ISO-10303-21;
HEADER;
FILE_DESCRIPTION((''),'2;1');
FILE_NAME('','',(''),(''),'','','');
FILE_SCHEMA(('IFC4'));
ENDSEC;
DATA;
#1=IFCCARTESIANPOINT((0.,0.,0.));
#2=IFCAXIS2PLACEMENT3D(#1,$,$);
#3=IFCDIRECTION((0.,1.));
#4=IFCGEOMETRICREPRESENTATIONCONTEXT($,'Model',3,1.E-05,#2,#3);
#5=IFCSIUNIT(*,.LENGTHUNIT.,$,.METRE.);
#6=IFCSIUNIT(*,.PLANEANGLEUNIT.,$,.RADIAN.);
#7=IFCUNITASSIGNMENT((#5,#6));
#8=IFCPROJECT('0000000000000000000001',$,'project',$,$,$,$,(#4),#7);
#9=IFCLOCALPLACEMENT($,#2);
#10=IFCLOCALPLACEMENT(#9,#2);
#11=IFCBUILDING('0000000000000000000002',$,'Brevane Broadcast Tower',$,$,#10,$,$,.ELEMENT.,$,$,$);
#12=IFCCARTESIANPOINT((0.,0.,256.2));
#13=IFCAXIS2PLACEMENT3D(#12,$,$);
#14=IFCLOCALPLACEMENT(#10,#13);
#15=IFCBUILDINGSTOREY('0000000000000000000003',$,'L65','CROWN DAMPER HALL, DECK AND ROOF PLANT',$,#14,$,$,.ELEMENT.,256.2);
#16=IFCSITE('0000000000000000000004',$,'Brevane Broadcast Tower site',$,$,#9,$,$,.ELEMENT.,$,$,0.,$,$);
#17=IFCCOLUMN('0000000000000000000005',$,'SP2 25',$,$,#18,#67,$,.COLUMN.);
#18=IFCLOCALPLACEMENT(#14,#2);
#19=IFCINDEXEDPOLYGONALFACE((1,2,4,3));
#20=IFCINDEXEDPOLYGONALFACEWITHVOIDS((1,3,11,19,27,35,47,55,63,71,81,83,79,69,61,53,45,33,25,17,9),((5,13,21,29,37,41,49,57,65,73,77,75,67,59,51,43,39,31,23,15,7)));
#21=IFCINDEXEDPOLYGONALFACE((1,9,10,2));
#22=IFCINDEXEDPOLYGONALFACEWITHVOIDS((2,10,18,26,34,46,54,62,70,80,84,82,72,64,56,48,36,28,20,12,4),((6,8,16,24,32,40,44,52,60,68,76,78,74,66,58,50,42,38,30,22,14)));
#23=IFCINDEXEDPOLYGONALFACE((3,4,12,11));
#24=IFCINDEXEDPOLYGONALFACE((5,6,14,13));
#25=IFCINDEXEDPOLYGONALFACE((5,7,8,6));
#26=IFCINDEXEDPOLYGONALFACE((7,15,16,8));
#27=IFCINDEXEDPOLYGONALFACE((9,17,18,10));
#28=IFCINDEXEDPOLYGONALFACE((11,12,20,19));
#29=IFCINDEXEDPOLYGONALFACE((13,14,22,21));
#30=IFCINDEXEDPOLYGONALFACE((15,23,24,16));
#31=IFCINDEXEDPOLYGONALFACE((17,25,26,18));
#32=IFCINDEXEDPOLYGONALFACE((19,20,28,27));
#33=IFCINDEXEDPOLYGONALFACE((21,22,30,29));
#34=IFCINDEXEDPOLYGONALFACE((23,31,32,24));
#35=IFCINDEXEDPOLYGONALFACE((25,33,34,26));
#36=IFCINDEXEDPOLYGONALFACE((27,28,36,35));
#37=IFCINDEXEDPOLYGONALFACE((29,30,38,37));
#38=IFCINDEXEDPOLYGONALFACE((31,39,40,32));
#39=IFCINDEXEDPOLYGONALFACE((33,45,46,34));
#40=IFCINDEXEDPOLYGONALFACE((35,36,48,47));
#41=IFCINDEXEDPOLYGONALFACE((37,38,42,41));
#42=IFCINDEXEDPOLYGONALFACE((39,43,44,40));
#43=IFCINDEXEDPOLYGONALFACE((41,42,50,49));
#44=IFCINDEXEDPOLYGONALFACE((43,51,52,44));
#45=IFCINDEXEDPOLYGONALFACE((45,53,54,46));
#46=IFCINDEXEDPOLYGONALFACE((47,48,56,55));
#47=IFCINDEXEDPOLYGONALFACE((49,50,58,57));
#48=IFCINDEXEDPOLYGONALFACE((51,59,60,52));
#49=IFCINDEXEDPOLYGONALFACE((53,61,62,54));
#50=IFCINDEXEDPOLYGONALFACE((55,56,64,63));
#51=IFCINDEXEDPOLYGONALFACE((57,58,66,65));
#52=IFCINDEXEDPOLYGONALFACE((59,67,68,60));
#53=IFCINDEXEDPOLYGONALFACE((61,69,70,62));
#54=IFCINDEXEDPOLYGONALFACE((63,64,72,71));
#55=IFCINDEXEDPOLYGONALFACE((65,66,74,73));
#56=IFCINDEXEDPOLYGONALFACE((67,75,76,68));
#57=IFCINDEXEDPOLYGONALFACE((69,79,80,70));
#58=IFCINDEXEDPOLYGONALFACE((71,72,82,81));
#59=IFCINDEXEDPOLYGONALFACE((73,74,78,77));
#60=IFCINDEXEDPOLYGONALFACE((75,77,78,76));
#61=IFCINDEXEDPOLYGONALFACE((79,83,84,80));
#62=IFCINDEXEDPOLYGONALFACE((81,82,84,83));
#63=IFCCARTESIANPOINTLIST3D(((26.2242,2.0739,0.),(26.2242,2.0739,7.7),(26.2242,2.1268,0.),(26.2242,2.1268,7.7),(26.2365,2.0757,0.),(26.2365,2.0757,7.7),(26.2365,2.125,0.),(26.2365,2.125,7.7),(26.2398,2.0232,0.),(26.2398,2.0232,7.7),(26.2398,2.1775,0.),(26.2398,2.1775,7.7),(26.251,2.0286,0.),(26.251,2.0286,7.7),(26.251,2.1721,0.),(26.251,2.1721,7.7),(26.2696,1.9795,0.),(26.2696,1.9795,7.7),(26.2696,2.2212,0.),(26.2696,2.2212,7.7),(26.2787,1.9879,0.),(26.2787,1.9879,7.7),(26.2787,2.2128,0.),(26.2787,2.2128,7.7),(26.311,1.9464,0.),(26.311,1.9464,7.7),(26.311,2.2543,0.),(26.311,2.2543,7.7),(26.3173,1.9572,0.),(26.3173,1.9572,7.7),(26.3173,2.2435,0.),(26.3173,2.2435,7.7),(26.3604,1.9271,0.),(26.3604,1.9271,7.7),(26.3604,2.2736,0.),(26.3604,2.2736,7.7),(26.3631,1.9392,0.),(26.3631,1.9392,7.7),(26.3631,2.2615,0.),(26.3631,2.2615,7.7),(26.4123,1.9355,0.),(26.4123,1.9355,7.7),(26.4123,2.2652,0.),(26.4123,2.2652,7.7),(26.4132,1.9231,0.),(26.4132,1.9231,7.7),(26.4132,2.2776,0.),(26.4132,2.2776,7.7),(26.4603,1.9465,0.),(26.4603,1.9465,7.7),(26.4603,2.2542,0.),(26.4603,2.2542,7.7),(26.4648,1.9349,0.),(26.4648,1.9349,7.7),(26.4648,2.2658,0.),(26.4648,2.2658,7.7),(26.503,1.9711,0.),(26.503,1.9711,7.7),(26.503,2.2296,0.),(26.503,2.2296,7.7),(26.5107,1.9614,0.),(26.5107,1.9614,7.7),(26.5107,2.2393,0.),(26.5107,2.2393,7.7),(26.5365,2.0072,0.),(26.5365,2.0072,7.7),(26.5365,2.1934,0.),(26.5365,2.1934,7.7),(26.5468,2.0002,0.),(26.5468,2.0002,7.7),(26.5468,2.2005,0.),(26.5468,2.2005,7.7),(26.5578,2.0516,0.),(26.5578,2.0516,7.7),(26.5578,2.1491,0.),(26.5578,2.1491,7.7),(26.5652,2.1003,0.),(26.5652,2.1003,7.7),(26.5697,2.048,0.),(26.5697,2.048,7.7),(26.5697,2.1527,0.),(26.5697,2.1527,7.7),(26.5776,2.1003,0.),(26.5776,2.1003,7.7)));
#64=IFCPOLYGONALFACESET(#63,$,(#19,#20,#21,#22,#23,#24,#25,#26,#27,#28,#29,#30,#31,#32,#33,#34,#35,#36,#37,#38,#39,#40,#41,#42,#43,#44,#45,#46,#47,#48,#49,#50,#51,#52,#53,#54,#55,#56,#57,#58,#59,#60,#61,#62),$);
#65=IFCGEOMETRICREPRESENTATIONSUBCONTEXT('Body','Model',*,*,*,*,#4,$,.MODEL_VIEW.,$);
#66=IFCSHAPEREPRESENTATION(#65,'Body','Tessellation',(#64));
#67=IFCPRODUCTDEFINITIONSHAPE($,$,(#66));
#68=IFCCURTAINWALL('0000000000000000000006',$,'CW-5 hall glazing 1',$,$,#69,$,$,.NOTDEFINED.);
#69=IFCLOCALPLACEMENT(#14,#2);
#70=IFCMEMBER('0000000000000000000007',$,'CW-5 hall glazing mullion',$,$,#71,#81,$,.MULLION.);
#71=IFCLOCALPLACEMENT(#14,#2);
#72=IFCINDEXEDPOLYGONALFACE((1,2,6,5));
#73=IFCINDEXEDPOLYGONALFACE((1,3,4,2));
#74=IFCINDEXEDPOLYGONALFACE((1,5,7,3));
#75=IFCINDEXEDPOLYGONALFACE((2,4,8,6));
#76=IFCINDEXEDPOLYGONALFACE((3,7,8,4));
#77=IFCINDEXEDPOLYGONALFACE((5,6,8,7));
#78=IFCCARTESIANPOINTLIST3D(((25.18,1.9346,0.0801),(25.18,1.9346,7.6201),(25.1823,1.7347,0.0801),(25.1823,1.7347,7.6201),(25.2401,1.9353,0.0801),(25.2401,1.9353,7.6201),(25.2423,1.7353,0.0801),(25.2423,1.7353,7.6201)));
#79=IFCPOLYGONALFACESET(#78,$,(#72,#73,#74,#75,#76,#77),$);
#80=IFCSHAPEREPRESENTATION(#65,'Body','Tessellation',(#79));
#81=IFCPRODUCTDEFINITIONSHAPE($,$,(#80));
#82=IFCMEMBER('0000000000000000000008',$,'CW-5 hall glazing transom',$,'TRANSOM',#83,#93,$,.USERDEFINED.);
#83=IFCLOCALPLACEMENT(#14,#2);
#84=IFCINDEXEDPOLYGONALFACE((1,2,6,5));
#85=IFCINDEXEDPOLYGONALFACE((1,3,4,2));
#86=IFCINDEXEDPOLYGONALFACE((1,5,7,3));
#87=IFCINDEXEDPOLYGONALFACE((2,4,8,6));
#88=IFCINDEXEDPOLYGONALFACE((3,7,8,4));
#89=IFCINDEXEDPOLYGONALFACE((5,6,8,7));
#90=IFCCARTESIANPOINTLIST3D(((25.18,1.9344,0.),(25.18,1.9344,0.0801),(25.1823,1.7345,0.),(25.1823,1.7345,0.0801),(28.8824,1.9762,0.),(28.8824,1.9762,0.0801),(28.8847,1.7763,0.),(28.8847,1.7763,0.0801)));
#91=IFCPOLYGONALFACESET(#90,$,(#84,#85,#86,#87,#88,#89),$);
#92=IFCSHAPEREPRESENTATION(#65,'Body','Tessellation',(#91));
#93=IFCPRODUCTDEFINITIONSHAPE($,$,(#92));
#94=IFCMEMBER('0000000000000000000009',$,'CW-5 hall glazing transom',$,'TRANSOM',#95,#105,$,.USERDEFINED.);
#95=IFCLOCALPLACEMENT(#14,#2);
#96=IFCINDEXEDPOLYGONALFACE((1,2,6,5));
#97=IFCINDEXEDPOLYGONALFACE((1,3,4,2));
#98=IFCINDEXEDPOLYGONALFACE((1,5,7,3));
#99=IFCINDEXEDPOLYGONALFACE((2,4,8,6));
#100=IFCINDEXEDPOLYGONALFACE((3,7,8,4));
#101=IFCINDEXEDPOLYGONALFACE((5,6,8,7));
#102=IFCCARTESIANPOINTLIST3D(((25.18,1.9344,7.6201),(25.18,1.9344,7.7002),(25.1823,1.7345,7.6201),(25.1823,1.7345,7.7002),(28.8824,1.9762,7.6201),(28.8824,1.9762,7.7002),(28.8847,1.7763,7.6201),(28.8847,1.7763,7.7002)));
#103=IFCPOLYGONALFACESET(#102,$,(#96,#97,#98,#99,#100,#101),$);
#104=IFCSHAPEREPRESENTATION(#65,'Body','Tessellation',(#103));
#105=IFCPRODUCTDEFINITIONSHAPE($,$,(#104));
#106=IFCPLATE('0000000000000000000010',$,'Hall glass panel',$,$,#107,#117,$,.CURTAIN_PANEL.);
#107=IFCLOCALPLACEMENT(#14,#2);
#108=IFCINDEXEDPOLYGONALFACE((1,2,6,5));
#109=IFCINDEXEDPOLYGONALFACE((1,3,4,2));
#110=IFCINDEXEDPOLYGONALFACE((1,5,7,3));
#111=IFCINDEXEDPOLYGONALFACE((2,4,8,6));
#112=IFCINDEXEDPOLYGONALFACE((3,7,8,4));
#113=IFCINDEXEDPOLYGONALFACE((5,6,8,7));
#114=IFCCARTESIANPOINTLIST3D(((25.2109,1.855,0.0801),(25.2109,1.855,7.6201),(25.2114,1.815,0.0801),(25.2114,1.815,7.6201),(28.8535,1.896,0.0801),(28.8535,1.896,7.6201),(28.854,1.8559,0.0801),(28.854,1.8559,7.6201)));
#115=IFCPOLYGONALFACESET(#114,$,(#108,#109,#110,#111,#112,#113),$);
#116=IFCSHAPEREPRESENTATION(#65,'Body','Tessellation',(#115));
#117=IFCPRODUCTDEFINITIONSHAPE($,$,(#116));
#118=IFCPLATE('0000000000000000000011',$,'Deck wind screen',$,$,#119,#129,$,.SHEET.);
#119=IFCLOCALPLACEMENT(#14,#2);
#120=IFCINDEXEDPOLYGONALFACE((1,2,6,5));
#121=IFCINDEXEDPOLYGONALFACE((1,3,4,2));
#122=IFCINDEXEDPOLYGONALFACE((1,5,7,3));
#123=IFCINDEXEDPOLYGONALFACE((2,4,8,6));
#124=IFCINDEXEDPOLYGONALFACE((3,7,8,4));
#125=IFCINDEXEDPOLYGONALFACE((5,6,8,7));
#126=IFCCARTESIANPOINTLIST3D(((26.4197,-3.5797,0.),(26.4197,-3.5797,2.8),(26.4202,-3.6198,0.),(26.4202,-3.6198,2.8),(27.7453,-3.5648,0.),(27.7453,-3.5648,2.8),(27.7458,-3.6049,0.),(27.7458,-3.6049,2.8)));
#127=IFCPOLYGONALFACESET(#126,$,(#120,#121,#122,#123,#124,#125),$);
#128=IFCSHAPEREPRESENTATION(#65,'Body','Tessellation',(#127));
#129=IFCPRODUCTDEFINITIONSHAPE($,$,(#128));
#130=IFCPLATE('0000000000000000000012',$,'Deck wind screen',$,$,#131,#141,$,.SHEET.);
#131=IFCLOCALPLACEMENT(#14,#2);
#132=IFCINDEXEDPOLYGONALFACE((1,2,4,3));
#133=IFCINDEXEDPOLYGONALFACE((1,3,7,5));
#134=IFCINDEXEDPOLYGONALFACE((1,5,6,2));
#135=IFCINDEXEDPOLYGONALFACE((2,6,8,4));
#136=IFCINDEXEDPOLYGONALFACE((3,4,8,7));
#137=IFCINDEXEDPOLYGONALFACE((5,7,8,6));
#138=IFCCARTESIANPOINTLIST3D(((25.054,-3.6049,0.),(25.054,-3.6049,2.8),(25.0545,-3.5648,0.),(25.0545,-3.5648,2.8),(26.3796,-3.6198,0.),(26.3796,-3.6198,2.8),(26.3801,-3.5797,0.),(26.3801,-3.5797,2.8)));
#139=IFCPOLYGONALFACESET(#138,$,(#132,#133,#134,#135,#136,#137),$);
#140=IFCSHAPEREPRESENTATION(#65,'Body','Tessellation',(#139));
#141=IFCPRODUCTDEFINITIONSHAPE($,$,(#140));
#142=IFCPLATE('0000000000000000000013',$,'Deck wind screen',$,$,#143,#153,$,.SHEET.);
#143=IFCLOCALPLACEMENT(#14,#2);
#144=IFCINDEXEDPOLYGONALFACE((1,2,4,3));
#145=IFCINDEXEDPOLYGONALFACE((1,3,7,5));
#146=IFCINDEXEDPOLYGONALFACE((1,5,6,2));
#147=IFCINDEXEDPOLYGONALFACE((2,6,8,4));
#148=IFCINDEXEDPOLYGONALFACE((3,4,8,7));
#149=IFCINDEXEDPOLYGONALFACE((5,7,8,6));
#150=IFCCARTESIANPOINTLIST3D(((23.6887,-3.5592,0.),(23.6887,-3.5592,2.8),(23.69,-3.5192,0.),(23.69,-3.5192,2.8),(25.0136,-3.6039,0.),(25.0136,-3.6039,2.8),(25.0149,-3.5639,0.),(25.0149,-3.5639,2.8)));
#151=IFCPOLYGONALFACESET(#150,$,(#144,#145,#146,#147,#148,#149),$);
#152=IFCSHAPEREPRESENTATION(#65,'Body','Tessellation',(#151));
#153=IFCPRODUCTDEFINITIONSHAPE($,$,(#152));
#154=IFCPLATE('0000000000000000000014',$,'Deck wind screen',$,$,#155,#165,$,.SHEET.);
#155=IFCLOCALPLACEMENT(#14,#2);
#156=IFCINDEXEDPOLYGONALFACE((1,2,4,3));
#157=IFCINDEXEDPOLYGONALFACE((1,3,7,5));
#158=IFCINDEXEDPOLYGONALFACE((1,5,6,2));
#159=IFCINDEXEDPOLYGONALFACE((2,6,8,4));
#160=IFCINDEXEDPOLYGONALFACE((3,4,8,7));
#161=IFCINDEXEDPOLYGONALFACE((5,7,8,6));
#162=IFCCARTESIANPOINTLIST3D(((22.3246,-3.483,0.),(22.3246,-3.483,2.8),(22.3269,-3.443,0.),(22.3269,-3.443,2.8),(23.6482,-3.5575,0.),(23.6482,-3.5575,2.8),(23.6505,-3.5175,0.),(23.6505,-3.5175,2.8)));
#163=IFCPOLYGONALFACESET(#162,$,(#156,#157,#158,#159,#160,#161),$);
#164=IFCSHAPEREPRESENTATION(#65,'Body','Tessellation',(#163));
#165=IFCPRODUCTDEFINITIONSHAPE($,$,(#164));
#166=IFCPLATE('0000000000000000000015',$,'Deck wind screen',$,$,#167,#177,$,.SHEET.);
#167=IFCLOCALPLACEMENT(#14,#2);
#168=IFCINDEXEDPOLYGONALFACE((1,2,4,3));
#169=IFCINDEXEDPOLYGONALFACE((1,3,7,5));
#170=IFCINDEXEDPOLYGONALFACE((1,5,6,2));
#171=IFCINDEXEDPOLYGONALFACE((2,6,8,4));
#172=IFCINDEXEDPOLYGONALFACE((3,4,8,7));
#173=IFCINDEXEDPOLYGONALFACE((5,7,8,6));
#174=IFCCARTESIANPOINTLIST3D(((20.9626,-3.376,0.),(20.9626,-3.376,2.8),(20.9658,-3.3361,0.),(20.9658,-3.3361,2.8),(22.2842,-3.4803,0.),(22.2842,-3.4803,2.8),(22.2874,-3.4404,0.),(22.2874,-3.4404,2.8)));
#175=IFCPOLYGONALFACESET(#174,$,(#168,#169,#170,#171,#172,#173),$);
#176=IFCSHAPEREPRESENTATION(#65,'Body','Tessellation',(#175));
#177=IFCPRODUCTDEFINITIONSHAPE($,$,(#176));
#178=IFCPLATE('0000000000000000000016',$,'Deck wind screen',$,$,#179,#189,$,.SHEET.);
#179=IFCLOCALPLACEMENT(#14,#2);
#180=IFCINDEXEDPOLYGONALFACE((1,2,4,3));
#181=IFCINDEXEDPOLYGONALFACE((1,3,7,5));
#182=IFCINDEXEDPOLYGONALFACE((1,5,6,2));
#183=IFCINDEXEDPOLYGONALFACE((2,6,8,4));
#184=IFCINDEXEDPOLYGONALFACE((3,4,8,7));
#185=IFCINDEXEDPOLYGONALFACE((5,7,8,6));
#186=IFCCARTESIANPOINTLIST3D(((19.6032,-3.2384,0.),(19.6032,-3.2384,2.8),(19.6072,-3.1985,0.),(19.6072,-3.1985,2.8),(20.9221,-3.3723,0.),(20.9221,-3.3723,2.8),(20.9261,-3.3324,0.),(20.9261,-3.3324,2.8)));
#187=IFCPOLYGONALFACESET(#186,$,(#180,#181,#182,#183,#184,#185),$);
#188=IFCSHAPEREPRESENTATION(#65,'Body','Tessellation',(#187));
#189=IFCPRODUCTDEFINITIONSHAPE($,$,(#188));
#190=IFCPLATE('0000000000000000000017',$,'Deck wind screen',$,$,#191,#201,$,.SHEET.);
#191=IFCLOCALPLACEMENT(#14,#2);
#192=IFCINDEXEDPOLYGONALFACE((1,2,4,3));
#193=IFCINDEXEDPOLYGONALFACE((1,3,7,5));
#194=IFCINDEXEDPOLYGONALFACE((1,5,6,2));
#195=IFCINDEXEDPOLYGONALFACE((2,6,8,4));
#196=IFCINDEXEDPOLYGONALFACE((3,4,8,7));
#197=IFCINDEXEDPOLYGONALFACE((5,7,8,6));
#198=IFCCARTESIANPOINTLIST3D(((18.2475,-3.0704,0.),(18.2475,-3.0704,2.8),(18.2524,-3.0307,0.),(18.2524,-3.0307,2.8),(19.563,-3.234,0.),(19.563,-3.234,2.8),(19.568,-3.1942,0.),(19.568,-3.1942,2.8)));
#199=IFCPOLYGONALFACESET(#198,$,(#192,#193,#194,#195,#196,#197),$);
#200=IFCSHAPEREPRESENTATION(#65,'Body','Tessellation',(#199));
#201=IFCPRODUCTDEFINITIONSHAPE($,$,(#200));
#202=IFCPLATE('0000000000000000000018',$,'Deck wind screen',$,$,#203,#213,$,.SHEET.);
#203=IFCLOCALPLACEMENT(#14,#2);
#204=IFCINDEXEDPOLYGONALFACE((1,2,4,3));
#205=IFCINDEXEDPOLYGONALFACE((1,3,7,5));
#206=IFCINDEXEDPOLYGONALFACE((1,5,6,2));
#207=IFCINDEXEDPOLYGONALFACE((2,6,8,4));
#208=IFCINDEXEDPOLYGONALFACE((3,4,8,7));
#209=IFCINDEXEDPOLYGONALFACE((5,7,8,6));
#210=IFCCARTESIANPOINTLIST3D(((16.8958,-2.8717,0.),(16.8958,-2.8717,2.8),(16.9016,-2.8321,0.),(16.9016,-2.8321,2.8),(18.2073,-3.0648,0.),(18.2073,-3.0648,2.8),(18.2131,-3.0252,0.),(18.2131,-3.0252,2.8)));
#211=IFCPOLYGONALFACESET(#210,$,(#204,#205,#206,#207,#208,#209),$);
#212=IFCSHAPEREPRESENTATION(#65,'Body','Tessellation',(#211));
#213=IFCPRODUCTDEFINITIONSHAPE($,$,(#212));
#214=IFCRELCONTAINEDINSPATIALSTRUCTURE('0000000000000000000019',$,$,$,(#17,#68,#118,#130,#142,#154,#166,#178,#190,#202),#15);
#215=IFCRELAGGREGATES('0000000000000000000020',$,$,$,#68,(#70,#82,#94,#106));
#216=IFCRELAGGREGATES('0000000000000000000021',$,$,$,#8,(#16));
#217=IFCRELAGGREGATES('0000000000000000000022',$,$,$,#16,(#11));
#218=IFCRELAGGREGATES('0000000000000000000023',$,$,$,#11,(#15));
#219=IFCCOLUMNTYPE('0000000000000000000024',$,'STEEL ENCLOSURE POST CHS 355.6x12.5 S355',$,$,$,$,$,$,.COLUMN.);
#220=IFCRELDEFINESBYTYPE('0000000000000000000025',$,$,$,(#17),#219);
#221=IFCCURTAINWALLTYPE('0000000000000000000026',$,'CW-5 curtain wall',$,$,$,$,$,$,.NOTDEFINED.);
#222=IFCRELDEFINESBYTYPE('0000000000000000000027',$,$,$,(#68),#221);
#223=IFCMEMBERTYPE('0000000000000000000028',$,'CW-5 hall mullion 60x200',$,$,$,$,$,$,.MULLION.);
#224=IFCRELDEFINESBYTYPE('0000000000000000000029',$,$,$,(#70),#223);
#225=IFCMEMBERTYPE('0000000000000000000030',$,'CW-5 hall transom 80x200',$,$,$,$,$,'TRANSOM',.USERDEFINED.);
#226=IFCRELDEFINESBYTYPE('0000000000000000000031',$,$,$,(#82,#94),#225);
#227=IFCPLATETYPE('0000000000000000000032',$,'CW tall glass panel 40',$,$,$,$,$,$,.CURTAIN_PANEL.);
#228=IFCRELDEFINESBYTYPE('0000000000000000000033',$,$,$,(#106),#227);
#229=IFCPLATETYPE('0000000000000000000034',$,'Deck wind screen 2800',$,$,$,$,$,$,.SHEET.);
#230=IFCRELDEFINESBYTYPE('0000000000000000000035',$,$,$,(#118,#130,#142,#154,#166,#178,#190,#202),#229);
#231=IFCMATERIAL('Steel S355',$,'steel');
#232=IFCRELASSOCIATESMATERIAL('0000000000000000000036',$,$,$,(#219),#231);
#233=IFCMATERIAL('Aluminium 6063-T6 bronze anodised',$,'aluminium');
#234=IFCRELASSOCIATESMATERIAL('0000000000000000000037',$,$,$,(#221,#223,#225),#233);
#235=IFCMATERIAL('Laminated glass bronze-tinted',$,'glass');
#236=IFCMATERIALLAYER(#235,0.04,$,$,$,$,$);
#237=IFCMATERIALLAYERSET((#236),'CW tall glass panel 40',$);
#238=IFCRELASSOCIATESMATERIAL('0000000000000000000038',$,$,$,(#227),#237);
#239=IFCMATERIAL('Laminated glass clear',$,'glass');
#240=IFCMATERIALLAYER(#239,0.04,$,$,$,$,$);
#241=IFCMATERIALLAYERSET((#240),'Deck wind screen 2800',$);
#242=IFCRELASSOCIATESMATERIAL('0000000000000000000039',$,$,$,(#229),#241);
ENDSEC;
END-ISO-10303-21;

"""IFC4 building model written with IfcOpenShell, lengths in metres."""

from ifc_helpers import new_model, si_unit, direction, frame, origin, origin_2d, place, context, subcontext, project, spatial, rectangle, hollow_circle, extrude, material, layer, layer_set, material_profile, profile_set, type_object, element, aggregate, save


model = new_model("IFC4")

# Units and contexts
model_context = context("Model", 3, precision=1e-05, world=origin(), true_north=direction((0.0, 1.0)))
body_context = subcontext(model_context, "Body", "Model", "MODEL_VIEW")
ifc_project = project(units=[si_unit("LENGTHUNIT", "METRE"), si_unit("PLANEANGLEUNIT", "RADIAN")], contexts=[model_context])

# Site, building, storey
site_placement = place(None, origin())
site = spatial("IfcSite", under=ifc_project, at=site_placement, Name="Brevane Broadcast Tower site", CompositionType="ELEMENT", RefElevation=0.0)
building_placement = place(site_placement, origin())
building = spatial("IfcBuilding", under=site, at=building_placement, Name="Brevane Broadcast Tower", CompositionType="ELEMENT")
storey_placement = place(building_placement, frame((0.0, 0.0, 256.2)))
storey = spatial("IfcBuildingStorey", under=building, at=storey_placement, Name="L65", Description="CROWN DAMPER HALL, DECK AND ROOF PLANT", CompositionType="ELEMENT", Elevation=256.2)

# Column
ifc_material_1 = material(Name="Steel S355", Category="steel")
ifc_material_profile_1 = material_profile(ifc_material_1, hollow_circle(Radius=0.1777, WallThickness=0.0125, at=origin_2d()), Name="CHS 355.6x12.5")
ifc_profile_set_1 = profile_set([ifc_material_profile_1], Name="Steel S355")
column_type = type_object("IfcColumnType", Name="STEEL ENCLOSURE POST CHS 355.6x12.5 S355", PredefinedType="COLUMN", material=ifc_profile_set_1)
column_placement = place(storey_placement, frame((26.3999, 2.1003, 0.0), z_axis=(0.0, 0.0, 1.0), x_axis=(1.0, 0.0, 0.0)))
element("IfcColumn", 1, at=column_placement, inside=storey, type_object=column_type, Name="SP2 25", PredefinedType="COLUMN", context=body_context, shape_type="SweptSolid", body=[
    extrude(hollow_circle(Radius=0.1777, WallThickness=0.0125, at=origin_2d()), origin(), (0.0, 0.0, 1.0), 7.7),
])

# Curtain wall, members, plate
ifc_material_2 = material(Name="Aluminium 6063-T6 bronze anodised", Category="aluminium")
curtain_wall_type = type_object("IfcCurtainWallType", Name="CW-5 curtain wall", PredefinedType="NOTDEFINED", material=ifc_material_2)
curtain_wall_placement = place(storey_placement, origin())
curtain_wall = element("IfcCurtainWall", 2, at=curtain_wall_placement, inside=storey, type_object=curtain_wall_type, Name="CW-5 hall glazing 1", PredefinedType="NOTDEFINED")
ifc_material_profile_2 = material_profile(ifc_material_2, rectangle(XDim=0.2, YDim=0.0601, at=origin_2d()), Name="RECT 60x200")
ifc_profile_set_2 = profile_set([ifc_material_profile_2], Name="Aluminium 6063-T6 bronze anodised")
member_type_1 = type_object("IfcMemberType", Name="CW-5 hall mullion 60x200", PredefinedType="MULLION", material=ifc_profile_set_2)
member_1_placement = place(storey_placement, frame((25.2112, 1.835, 0.0801), z_axis=(0.0, 0.0, 1.0), x_axis=(-0.011244, 0.999937, 0.0)))
member_1 = element("IfcMember", 3, at=member_1_placement, type_object=member_type_1, Name="CW-5 hall glazing mullion", PredefinedType="MULLION", context=body_context, shape_type="SweptSolid", body=[
    extrude(rectangle(XDim=0.2, YDim=0.0601, at=origin_2d()), origin(), (0.0, 0.0, 1.0), 7.54),
])
ifc_material_profile_3 = material_profile(ifc_material_2, rectangle(XDim=0.2, YDim=0.0801, at=origin_2d()), Name="RECT 80x200")
ifc_profile_set_3 = profile_set([ifc_material_profile_3], Name="Aluminium 6063-T6 bronze anodised")
member_type_2 = type_object("IfcMemberType", Name="CW-5 hall transom 80x200", ElementType="TRANSOM", PredefinedType="USERDEFINED", material=ifc_profile_set_3)
member_2_placement = place(storey_placement, frame((25.1812, 1.8345, 0.04), z_axis=(0.999936, 0.011275, 0.0), x_axis=(-0.011275, 0.999936, 0.0)))
member_2 = element("IfcMember", 4, at=member_2_placement, type_object=member_type_2, Name="CW-5 hall glazing transom", ObjectType="TRANSOM", PredefinedType="USERDEFINED", context=body_context, shape_type="SweptSolid", body=[
    extrude(rectangle(XDim=0.2, YDim=0.0801, at=origin_2d()), origin(), (0.0, 0.0, 1.0), 3.7026),
])
member_3_placement = place(storey_placement, frame((25.1812, 1.8345, 7.6602), z_axis=(0.999936, 0.011275, 0.0), x_axis=(-0.011275, 0.999936, 0.0)))
member_3 = element("IfcMember", 5, at=member_3_placement, type_object=member_type_2, Name="CW-5 hall glazing transom", ObjectType="TRANSOM", PredefinedType="USERDEFINED", context=body_context, shape_type="SweptSolid", body=[
    extrude(rectangle(XDim=0.2, YDim=0.0801, at=origin_2d()), origin(), (0.0, 0.0, 1.0), 3.7026),
])
ifc_material_3 = material(Name="Laminated glass bronze-tinted", Category="glass")
ifc_layer_1 = layer(ifc_material_3, 0.04)
ifc_layer_set_1 = layer_set([ifc_layer_1], Name="CW tall glass panel 40")
plate_type_1 = type_object("IfcPlateType", Name="CW tall glass panel 40", PredefinedType="CURTAIN_PANEL", material=ifc_layer_set_1)
plate_placement = place(storey_placement, frame((27.0325, 1.8555, 0.0801), z_axis=(0.0, 0.0, 1.0), x_axis=(0.999937, 0.011244, 0.0)))
plate = element("IfcPlate", 6, at=plate_placement, type_object=plate_type_1, Name="Hall glass panel", PredefinedType="CURTAIN_PANEL", context=body_context, shape_type="SweptSolid", body=[
    extrude(rectangle(XDim=3.6428, YDim=0.04, at=origin_2d()), origin(), (0.0, 0.0, 1.0), 7.54),
])
aggregate(curtain_wall, [member_1, member_2, member_3, plate])

# Plates
ifc_material_4 = material(Name="Laminated glass clear", Category="glass")
ifc_layer_2 = layer(ifc_material_4, 0.04)
ifc_layer_set_2 = layer_set([ifc_layer_2], Name="Deck wind screen 2800")
plate_type_2 = type_object("IfcPlateType", Name="Deck wind screen 2800", PredefinedType="SHEET", material=ifc_layer_set_2)
for number, where, z_axis, x_axis, name in (
    (7, (27.0828, -3.5923, 0.0), (0.0, 0.0, 1.0), (-0.999937, -0.011244, 0.0), "Deck wind screen"),
    (8, (25.717, -3.5923, 0.0), (0.0, 0.0, 1.0), (-0.999937, 0.011244, 0.0), "Deck wind screen"),
    (9, (24.3518, -3.5615, 0.0), (0.0, 0.0, 1.0), (-0.999431, 0.033725, 0.0), "Deck wind screen"),
    (10, (22.9875, -3.5002, 0.0), (0.0, 0.0, 1.0), (-0.99842, 0.056191, 0.0), "Deck wind screen"),
    (11, (21.625, -3.4082, 0.0), (0.0, 0.0, 1.0), (-0.996904, 0.078627, 0.0), "Deck wind screen"),
    (12, (20.2646, -3.2854, 0.0), (0.0, 0.0, 1.0), (-0.994884, 0.101024, 0.0), "Deck wind screen"),
    (13, (18.9077, -3.1323, 0.0), (0.0, 0.0, 1.0), (-0.992361, 0.12337, 0.0), "Deck wind screen"),
    (14, (17.5544, -2.9485, 0.0), (0.0, 0.0, 1.0), (-0.989336, 0.145653, 0.0), "Deck wind screen"),
):
    element("IfcPlate", number, at=place(storey_placement, frame(where, z_axis=z_axis, x_axis=x_axis)), inside=storey, type_object=plate_type_2, Name=name, PredefinedType="SHEET", context=body_context, shape_type="SweptSolid", body=[
        extrude(rectangle(XDim=1.3257, YDim=0.04, at=origin_2d()), origin(), (0.0, 0.0, 1.0), 2.8),
    ])

save(model, "model.ifc")
